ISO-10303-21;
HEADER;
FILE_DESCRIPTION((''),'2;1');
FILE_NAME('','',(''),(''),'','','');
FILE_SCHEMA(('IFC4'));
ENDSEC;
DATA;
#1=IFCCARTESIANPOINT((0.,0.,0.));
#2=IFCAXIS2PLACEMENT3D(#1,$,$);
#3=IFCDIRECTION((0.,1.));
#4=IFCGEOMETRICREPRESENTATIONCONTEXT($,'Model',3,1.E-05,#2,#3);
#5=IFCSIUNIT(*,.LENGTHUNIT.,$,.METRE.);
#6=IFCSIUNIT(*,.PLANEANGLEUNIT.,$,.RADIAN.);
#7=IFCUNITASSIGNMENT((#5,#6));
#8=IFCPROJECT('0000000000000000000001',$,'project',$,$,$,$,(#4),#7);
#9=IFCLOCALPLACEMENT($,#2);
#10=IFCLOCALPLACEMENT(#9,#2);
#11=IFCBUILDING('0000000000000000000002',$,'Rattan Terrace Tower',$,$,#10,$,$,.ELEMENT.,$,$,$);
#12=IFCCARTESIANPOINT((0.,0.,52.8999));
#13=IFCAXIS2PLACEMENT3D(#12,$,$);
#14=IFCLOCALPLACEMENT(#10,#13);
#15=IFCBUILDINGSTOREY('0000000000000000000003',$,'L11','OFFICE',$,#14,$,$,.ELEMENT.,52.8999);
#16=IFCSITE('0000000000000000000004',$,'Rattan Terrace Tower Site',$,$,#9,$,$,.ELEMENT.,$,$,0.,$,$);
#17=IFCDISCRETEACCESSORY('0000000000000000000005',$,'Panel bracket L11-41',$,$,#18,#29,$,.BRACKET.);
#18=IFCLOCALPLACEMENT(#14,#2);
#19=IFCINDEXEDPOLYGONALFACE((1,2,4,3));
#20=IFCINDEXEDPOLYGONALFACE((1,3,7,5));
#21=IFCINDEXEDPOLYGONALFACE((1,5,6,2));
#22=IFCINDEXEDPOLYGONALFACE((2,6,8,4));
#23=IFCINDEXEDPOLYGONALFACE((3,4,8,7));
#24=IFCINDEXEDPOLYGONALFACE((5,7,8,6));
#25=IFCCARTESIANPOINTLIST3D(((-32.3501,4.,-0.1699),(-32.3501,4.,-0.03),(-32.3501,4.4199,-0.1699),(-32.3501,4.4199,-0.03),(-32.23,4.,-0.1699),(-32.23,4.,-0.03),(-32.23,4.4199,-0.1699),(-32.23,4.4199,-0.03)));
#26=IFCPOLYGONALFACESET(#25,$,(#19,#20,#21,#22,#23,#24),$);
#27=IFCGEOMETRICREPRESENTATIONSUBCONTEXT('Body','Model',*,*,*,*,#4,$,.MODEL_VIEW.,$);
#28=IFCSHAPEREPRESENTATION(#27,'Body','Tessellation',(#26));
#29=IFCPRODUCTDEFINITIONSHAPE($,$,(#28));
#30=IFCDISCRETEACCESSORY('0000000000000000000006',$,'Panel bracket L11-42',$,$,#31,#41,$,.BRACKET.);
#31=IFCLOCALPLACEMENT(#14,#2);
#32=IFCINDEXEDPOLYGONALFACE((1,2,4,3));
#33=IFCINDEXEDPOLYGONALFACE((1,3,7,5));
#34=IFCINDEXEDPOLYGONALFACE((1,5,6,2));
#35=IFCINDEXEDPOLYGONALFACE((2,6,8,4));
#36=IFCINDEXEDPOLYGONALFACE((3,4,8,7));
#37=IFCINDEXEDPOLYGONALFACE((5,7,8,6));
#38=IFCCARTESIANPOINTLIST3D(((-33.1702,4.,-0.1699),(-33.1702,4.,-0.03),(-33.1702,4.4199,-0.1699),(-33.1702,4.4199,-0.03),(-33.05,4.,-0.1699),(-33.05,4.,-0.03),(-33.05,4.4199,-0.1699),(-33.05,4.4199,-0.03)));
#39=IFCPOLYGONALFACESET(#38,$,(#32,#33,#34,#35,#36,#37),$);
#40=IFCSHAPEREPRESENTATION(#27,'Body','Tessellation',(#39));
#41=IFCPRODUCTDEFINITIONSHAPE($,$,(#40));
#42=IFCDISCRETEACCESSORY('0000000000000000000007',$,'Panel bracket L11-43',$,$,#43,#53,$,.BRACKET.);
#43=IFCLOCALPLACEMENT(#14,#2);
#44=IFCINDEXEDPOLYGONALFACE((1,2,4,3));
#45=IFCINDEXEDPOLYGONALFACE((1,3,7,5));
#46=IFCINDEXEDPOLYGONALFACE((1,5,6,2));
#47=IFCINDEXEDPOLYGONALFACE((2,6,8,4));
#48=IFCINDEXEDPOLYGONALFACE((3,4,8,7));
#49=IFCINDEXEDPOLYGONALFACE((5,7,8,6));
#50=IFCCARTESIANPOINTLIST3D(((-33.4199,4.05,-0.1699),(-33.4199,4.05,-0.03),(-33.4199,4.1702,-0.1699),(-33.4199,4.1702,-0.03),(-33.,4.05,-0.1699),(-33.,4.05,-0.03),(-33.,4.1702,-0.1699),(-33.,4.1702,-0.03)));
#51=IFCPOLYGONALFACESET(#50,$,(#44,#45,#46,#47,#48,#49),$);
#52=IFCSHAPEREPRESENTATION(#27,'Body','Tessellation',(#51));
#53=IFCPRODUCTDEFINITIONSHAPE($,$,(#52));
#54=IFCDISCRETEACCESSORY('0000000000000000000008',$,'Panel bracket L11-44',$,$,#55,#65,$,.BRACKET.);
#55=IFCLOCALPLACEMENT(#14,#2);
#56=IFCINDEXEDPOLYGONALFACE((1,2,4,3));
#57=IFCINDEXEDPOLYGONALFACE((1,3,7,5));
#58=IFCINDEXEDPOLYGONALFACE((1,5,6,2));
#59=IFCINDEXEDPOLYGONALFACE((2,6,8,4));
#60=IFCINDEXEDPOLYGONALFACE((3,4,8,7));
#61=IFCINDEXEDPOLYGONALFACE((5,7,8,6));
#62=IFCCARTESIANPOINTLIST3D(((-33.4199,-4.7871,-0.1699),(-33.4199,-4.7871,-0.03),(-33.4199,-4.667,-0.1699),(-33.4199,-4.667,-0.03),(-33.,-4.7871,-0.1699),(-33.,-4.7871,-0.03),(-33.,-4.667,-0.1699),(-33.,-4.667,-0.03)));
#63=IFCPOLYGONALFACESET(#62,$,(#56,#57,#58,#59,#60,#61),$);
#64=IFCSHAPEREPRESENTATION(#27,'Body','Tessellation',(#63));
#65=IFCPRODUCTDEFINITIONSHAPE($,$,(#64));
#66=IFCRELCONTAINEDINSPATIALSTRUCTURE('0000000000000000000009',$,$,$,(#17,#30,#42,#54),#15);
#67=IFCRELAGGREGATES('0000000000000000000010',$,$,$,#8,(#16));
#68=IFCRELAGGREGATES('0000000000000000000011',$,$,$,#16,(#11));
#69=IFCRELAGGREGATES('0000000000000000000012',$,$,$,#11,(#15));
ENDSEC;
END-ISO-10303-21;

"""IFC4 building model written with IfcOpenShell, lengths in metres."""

from ifc_helpers import new_model, si_unit, direction, frame, origin, origin_2d, place, context, subcontext, project, spatial, rectangle, extrude, element, save


model = new_model("IFC4")

# Units and contexts
model_context = context("Model", 3, precision=1e-05, world=origin(), true_north=direction((0.0, 1.0)))
body_context = subcontext(model_context, "Body", "Model", "MODEL_VIEW")
ifc_project = project(units=[si_unit("LENGTHUNIT", "METRE"), si_unit("PLANEANGLEUNIT", "RADIAN")], contexts=[model_context])

# Site, building, storey
site_placement = place(None, origin())
site = spatial("IfcSite", under=ifc_project, at=site_placement, Name="Rattan Terrace Tower Site", CompositionType="ELEMENT", RefElevation=0.0)
building_placement = place(site_placement, origin())
building = spatial("IfcBuilding", under=site, at=building_placement, Name="Rattan Terrace Tower", CompositionType="ELEMENT")
storey_placement = place(building_placement, frame((0.0, 0.0, 52.8999)))
storey = spatial("IfcBuildingStorey", under=building, at=storey_placement, Name="L11", Description="OFFICE", CompositionType="ELEMENT", Elevation=52.8999)

# Discrete accessories
for number, where, z_axis, x_axis, name in (
    (1, (-32.29, 4.21, -0.1699), (0.0, 0.0, 1.0), (-1.0, 0.0, 0.0), "Panel bracket L11-41"),
    (2, (-33.1101, 4.21, -0.1699), (0.0, 0.0, 1.0), (-1.0, 0.0, 0.0), "Panel bracket L11-42"),
    (3, (-33.21, 4.1101, -0.1699), (0.0, 0.0, 1.0), (0.0, -1.0, 0.0), "Panel bracket L11-43"),
    (4, (-33.21, -4.7271, -0.1699), (0.0, 0.0, 1.0), (0.0, -1.0, 0.0), "Panel bracket L11-44"),
):
    element("IfcDiscreteAccessory", number, at=place(storey_placement, frame(where, z_axis=z_axis, x_axis=x_axis)), inside=storey, Name=name, PredefinedType="BRACKET", context=body_context, shape_type="SweptSolid", body=[
        extrude(rectangle(XDim=0.1201, YDim=0.4199, at=origin_2d()), origin(), (0.0, 0.0, 1.0), 0.1399),
    ])

save(model, "model.ifc")
